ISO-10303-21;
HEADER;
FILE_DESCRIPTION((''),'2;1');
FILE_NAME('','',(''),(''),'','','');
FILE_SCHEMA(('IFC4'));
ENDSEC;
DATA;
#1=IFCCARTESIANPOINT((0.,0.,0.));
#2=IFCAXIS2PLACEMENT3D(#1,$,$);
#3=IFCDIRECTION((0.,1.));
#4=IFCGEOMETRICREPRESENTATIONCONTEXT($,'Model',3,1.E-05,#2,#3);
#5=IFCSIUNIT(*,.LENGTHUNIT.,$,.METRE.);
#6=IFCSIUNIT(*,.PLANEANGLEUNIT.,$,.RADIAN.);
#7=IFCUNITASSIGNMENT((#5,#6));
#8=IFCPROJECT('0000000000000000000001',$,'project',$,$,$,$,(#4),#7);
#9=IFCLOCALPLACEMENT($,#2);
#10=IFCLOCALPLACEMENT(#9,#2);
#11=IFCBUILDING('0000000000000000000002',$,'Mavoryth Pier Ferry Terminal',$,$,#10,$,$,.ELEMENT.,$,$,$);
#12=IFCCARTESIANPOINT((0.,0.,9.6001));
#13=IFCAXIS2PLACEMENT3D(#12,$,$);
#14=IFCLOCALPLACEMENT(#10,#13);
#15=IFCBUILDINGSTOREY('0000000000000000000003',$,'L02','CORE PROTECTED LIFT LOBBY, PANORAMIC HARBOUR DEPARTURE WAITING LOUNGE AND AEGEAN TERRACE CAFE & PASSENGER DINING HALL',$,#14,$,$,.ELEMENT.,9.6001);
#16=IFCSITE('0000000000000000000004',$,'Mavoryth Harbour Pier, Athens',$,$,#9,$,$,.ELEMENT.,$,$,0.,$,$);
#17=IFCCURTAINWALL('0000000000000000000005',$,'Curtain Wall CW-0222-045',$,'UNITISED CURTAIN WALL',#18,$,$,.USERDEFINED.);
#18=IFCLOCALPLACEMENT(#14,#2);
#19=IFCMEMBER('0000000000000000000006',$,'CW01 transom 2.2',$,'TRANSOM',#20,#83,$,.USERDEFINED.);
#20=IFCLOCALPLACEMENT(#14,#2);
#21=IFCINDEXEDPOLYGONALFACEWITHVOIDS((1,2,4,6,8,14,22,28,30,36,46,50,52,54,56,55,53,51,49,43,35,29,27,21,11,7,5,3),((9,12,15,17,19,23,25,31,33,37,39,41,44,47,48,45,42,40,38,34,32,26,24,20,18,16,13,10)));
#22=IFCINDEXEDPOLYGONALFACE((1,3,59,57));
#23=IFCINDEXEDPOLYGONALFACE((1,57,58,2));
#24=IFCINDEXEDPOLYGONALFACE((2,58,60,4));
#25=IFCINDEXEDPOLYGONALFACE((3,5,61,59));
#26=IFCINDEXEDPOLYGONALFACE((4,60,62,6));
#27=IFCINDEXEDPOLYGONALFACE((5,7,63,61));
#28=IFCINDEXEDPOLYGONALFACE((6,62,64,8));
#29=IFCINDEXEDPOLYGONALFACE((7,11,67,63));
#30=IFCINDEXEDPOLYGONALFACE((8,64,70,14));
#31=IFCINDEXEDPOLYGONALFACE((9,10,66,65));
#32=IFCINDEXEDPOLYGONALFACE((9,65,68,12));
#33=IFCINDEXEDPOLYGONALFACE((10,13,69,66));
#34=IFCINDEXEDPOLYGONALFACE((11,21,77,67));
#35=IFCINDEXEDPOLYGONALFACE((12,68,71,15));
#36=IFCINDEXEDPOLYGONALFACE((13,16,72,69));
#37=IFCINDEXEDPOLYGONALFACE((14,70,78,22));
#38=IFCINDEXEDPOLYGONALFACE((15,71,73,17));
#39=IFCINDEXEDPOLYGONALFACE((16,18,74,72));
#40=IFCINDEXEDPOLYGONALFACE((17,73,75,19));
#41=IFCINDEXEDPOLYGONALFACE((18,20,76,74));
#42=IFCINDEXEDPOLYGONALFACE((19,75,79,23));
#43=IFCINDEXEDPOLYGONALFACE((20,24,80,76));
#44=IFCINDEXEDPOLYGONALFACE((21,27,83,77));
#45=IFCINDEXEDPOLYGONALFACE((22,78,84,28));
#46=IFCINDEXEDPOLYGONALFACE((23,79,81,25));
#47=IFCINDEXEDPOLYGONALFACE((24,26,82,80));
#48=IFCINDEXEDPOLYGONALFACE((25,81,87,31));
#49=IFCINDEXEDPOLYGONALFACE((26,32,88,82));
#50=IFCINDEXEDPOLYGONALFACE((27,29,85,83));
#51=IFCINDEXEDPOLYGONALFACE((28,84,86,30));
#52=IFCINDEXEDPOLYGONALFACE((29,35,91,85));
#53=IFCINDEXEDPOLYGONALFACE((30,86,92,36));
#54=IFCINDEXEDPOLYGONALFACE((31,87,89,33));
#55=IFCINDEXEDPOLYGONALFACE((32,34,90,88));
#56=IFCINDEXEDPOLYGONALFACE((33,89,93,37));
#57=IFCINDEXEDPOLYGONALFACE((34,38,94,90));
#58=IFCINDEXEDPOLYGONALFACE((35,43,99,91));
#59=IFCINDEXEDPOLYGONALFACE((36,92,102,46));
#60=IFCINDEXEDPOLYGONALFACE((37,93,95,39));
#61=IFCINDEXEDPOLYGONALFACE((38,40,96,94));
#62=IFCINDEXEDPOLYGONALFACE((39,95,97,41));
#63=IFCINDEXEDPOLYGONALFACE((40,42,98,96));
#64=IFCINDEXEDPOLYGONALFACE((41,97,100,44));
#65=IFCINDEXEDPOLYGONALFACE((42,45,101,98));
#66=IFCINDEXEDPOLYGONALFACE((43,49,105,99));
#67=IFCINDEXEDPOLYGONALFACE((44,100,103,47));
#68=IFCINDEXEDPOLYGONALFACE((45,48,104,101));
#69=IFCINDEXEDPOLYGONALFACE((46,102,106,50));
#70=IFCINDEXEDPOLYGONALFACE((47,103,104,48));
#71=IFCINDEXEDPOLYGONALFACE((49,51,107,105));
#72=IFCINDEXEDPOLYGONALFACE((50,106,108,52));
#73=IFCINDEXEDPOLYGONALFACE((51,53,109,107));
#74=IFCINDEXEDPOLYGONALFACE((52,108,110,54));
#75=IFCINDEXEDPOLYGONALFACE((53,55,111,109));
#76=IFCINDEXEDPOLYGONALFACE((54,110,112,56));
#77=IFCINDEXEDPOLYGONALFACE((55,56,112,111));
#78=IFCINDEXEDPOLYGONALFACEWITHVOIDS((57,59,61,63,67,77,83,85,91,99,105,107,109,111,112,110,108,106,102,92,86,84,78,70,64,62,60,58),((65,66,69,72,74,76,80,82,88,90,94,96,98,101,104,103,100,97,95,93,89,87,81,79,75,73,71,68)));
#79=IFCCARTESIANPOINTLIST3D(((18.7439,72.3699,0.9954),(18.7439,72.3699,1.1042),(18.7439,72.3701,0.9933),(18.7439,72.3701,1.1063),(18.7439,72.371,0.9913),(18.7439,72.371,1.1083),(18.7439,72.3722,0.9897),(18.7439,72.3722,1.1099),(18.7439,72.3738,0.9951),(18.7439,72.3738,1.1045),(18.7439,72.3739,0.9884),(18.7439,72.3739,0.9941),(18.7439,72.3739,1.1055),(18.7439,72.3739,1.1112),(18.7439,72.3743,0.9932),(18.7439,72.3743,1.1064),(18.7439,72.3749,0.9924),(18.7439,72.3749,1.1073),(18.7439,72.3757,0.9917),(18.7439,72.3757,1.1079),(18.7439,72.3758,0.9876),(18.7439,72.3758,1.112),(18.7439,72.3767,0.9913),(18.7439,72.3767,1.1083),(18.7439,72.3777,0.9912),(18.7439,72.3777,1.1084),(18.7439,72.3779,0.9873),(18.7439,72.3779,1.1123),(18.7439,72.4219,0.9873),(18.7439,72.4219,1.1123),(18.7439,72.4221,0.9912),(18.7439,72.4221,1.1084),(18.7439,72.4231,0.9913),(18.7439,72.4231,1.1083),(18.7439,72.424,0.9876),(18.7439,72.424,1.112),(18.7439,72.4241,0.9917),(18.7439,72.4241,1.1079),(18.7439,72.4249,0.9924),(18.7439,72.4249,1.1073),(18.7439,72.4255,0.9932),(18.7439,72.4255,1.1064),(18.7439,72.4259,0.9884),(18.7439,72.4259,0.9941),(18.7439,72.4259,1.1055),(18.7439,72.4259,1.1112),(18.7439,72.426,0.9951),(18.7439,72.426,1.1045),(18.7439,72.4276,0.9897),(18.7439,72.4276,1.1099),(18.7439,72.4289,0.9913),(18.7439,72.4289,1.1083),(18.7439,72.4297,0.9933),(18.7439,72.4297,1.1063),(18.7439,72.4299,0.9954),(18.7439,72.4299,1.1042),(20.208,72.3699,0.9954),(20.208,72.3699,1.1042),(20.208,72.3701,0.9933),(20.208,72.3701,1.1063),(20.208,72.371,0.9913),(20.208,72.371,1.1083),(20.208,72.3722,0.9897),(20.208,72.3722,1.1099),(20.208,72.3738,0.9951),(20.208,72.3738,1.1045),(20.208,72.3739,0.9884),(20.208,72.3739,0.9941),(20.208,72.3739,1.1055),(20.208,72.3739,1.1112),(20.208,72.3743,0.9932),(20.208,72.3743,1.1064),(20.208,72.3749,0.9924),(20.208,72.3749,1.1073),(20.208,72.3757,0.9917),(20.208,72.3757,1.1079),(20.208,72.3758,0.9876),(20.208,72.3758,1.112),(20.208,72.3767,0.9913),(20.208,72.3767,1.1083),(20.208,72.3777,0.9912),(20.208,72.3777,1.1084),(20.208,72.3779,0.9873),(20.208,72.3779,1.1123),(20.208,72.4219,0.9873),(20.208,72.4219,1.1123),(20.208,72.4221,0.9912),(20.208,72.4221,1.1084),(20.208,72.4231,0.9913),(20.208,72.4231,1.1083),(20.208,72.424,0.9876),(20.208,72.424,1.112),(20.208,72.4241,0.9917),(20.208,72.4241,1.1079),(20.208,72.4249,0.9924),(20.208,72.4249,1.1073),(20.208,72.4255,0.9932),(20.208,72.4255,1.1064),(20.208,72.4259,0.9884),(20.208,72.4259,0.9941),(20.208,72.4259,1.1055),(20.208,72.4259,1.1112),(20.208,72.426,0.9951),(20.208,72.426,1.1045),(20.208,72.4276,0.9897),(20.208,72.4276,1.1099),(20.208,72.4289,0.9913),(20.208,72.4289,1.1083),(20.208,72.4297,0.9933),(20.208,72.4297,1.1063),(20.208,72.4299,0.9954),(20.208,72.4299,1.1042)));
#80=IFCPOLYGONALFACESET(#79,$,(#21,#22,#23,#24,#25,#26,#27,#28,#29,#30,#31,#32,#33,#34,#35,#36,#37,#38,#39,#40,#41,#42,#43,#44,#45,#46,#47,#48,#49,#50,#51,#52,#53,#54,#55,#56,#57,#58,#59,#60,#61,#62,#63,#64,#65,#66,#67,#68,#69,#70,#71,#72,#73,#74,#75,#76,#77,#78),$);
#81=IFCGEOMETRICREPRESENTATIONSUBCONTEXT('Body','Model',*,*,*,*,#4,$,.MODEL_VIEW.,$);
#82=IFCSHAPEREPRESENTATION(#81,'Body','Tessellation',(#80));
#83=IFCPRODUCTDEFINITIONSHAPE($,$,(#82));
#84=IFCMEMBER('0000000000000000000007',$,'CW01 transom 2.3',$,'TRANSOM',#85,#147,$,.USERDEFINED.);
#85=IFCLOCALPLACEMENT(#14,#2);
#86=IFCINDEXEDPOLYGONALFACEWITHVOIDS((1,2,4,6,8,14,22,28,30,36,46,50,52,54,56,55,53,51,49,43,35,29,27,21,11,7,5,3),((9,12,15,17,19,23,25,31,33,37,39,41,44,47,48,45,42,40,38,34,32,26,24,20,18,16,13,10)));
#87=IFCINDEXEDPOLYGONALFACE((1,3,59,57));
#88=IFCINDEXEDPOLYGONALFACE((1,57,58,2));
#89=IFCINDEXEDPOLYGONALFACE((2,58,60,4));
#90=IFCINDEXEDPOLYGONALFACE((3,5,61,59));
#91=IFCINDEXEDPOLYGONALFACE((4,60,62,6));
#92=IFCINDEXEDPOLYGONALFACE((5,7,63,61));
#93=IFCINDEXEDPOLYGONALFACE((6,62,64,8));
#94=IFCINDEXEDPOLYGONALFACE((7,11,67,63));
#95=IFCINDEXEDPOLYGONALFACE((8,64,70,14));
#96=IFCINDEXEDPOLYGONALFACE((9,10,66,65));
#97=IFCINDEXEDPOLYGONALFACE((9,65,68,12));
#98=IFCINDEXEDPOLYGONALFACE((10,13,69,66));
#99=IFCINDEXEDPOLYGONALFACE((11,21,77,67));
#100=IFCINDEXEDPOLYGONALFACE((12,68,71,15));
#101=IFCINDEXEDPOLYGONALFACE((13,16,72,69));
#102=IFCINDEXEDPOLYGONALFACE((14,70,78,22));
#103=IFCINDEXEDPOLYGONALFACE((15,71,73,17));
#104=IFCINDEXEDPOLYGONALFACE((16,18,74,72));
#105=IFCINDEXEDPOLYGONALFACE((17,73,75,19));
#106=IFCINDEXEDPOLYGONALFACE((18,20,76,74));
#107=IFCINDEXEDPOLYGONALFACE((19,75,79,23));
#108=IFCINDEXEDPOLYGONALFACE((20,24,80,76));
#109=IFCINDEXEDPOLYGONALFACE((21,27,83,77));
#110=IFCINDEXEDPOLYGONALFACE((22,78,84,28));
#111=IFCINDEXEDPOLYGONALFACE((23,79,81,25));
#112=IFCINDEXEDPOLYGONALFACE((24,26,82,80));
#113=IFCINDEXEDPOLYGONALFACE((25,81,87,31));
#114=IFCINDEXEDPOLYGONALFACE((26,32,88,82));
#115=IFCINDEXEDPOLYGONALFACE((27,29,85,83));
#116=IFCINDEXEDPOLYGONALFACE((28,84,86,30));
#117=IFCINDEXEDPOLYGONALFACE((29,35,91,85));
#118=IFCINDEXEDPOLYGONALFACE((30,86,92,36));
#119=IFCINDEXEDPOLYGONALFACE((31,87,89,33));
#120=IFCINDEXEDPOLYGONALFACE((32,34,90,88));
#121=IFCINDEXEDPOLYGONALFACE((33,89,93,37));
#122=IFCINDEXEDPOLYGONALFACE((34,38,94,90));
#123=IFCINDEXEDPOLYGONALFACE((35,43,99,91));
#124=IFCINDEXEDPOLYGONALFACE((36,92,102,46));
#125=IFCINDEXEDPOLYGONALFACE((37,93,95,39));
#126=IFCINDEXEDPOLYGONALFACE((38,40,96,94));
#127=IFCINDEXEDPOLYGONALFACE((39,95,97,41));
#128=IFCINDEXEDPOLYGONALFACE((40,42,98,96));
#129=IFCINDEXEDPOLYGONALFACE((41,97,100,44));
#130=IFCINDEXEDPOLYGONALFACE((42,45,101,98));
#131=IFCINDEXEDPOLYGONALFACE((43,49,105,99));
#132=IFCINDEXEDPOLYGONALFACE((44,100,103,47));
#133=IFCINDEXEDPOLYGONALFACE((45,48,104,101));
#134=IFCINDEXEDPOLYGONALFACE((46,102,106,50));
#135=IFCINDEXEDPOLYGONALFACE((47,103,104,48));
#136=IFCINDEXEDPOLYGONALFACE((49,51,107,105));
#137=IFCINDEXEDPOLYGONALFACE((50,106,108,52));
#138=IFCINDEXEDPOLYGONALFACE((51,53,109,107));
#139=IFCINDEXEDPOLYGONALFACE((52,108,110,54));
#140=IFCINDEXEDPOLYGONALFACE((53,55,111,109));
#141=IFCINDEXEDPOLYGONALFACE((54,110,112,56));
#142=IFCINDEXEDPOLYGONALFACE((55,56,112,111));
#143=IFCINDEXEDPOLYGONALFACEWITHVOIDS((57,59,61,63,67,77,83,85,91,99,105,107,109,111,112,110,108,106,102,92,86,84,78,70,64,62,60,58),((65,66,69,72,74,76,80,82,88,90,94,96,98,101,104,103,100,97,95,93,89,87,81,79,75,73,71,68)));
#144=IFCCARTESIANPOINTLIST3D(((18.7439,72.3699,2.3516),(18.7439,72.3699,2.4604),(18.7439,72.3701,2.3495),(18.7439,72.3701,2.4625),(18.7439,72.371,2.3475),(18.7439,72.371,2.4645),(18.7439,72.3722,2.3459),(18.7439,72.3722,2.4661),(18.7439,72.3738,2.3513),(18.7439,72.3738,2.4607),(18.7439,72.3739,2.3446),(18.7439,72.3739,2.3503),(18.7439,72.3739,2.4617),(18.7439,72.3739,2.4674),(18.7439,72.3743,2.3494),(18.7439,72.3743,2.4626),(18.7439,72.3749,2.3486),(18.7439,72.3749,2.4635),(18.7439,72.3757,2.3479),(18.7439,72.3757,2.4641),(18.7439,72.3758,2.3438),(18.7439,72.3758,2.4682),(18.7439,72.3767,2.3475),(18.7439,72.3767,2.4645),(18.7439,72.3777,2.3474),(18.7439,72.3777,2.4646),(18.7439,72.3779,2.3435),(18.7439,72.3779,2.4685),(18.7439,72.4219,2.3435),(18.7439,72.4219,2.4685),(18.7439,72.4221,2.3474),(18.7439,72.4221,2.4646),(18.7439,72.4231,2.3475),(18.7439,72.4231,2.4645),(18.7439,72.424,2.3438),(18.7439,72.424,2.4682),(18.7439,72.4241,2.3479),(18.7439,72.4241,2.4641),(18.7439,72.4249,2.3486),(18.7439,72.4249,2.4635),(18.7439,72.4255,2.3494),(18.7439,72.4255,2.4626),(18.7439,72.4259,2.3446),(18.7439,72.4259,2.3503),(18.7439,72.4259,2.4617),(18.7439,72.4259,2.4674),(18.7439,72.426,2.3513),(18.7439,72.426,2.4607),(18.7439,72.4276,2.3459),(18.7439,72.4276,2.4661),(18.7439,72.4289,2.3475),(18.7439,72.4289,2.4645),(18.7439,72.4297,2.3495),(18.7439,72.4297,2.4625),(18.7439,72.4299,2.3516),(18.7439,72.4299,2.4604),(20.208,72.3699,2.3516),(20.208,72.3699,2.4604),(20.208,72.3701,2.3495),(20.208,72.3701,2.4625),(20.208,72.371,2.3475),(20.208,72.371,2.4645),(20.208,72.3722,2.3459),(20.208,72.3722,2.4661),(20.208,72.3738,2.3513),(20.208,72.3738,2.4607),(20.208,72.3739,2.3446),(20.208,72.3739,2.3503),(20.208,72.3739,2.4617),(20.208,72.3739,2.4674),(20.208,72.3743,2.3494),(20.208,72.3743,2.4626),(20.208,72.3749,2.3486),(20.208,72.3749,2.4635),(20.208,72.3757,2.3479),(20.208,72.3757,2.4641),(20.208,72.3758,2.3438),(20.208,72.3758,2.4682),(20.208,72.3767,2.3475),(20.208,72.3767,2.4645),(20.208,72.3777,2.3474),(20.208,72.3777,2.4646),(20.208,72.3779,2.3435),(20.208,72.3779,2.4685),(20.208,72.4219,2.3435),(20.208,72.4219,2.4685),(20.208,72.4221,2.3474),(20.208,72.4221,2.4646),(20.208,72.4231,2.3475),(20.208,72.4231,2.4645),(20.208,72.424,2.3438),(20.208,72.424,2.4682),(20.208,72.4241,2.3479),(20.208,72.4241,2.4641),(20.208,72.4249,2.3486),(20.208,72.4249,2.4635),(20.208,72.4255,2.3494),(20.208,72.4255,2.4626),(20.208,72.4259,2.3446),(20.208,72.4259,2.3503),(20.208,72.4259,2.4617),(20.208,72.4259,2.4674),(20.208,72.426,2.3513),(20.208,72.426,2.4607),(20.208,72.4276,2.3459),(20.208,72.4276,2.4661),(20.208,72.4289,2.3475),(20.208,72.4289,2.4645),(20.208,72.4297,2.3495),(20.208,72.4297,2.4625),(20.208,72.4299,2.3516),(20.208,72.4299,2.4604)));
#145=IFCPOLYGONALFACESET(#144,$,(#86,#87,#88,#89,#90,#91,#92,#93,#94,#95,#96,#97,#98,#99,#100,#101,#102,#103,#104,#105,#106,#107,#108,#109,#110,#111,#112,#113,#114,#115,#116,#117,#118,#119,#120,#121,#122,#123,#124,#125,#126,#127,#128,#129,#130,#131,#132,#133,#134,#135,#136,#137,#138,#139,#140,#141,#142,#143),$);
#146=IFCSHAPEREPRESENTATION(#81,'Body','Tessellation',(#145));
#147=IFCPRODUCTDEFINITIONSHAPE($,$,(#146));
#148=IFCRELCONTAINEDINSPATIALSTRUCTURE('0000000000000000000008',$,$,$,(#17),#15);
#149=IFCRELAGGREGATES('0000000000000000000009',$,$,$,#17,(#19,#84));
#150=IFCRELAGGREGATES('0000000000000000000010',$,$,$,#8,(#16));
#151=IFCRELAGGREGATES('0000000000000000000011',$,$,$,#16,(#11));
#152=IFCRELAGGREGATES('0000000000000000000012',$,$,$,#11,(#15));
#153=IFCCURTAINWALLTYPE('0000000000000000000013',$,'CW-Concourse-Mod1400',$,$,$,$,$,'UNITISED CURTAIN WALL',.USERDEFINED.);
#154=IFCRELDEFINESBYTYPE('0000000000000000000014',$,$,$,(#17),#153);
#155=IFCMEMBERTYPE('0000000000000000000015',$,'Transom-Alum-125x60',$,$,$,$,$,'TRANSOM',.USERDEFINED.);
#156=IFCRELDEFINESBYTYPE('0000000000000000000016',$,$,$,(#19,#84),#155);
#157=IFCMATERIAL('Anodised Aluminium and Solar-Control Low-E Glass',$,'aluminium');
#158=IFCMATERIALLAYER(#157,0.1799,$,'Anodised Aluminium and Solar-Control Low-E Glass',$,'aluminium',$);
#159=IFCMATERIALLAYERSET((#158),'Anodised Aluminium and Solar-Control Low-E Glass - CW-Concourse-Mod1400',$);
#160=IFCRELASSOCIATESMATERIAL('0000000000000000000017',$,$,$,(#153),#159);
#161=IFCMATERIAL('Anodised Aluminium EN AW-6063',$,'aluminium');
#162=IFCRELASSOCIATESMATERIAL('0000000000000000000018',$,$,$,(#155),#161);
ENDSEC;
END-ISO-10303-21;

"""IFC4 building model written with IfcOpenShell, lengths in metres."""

from ifc_helpers import new_model, si_unit, direction, frame, origin, origin_2d, place, context, subcontext, project, spatial, hollow_rectangle, extrude, material, layer, layer_set, material_profile, profile_set, type_object, element, aggregate, save


model = new_model("IFC4")

# Units and contexts
model_context = context("Model", 3, precision=1e-05, world=origin(), true_north=direction((0.0, 1.0)))
body_context = subcontext(model_context, "Body", "Model", "MODEL_VIEW")
ifc_project = project(units=[si_unit("LENGTHUNIT", "METRE"), si_unit("PLANEANGLEUNIT", "RADIAN")], contexts=[model_context])

# Site, building, storey
site_placement = place(None, origin())
site = spatial("IfcSite", under=ifc_project, at=site_placement, Name="Mavoryth Harbour Pier, Athens", CompositionType="ELEMENT", RefElevation=0.0)
building_placement = place(site_placement, origin())
building = spatial("IfcBuilding", under=site, at=building_placement, Name="Mavoryth Pier Ferry Terminal", CompositionType="ELEMENT")
storey_placement = place(building_placement, frame((0.0, 0.0, 9.6001)))
storey = spatial("IfcBuildingStorey", under=building, at=storey_placement, Name="L02", Description="CORE PROTECTED LIFT LOBBY, PANORAMIC HARBOUR DEPARTURE WAITING LOUNGE AND AEGEAN TERRACE CAFE & PASSENGER DINING HALL", CompositionType="ELEMENT", Elevation=9.6001)

# Curtain wall
ifc_material_1 = material(Name="Anodised Aluminium and Solar-Control Low-E Glass", Category="aluminium")
ifc_layer_1 = layer(ifc_material_1, 0.1799, Name="Anodised Aluminium and Solar-Control Low-E Glass", Category="aluminium")
ifc_layer_set_1 = layer_set([ifc_layer_1], Name="Anodised Aluminium and Solar-Control Low-E Glass - CW-Concourse-Mod1400")
curtain_wall_type = type_object("IfcCurtainWallType", Name="CW-Concourse-Mod1400", ElementType="UNITISED CURTAIN WALL", PredefinedType="USERDEFINED", material=ifc_layer_set_1)
curtain_wall_placement = place(storey_placement, origin())
curtain_wall = element("IfcCurtainWall", 1, at=curtain_wall_placement, inside=storey, type_object=curtain_wall_type, Name="Curtain Wall CW-0222-045", ObjectType="UNITISED CURTAIN WALL", PredefinedType="USERDEFINED")
ifc_material_2 = material(Name="Anodised Aluminium EN AW-6063", Category="aluminium")

# Members
ifc_material_profile_1 = material_profile(ifc_material_2, hollow_rectangle(XDim=0.0601, YDim=0.125, WallThickness=0.0039, InnerFilletRadius=0.0039, OuterFilletRadius=0.0081, at=origin_2d()), Name="AL-TRAN 125x60x4", Category="aluminium")
ifc_profile_set_1 = profile_set([ifc_material_profile_1], Name="Anodised Aluminium EN AW-6063 - AL-TRAN 125x60x4")
member_type_1 = type_object("IfcMemberType", Name="Transom-Alum-125x60", ElementType="TRANSOM", PredefinedType="USERDEFINED", material=ifc_profile_set_1)
member_1_placement = place(storey_placement, frame((18.7439, 72.3999, 1.0498), z_axis=(1.0, 0.0, 0.0), x_axis=(0.0, 1.0, 0.0)))
member_1 = element("IfcMember", 2, at=member_1_placement, type_object=member_type_1, Name="CW01 transom 2.2", ObjectType="TRANSOM", PredefinedType="USERDEFINED", context=body_context, shape_type="SweptSolid", body=[
    extrude(hollow_rectangle(XDim=0.0601, YDim=0.125, WallThickness=0.0039, InnerFilletRadius=0.0039, OuterFilletRadius=0.0081, at=origin_2d()), origin(), (0.0, 0.0, 1.0), 1.4641),
])
member_2_placement = place(storey_placement, frame((18.7439, 72.3999, 2.406), z_axis=(1.0, 0.0, 0.0), x_axis=(0.0, 1.0, 0.0)))
member_2 = element("IfcMember", 3, at=member_2_placement, type_object=member_type_1, Name="CW01 transom 2.3", ObjectType="TRANSOM", PredefinedType="USERDEFINED", context=body_context, shape_type="SweptSolid", body=[
    extrude(hollow_rectangle(XDim=0.0601, YDim=0.125, WallThickness=0.0039, InnerFilletRadius=0.0039, OuterFilletRadius=0.0081, at=origin_2d()), origin(), (0.0, 0.0, 1.0), 1.4641),
])

aggregate(curtain_wall, [member_1, member_2])

save(model, "model.ifc")
